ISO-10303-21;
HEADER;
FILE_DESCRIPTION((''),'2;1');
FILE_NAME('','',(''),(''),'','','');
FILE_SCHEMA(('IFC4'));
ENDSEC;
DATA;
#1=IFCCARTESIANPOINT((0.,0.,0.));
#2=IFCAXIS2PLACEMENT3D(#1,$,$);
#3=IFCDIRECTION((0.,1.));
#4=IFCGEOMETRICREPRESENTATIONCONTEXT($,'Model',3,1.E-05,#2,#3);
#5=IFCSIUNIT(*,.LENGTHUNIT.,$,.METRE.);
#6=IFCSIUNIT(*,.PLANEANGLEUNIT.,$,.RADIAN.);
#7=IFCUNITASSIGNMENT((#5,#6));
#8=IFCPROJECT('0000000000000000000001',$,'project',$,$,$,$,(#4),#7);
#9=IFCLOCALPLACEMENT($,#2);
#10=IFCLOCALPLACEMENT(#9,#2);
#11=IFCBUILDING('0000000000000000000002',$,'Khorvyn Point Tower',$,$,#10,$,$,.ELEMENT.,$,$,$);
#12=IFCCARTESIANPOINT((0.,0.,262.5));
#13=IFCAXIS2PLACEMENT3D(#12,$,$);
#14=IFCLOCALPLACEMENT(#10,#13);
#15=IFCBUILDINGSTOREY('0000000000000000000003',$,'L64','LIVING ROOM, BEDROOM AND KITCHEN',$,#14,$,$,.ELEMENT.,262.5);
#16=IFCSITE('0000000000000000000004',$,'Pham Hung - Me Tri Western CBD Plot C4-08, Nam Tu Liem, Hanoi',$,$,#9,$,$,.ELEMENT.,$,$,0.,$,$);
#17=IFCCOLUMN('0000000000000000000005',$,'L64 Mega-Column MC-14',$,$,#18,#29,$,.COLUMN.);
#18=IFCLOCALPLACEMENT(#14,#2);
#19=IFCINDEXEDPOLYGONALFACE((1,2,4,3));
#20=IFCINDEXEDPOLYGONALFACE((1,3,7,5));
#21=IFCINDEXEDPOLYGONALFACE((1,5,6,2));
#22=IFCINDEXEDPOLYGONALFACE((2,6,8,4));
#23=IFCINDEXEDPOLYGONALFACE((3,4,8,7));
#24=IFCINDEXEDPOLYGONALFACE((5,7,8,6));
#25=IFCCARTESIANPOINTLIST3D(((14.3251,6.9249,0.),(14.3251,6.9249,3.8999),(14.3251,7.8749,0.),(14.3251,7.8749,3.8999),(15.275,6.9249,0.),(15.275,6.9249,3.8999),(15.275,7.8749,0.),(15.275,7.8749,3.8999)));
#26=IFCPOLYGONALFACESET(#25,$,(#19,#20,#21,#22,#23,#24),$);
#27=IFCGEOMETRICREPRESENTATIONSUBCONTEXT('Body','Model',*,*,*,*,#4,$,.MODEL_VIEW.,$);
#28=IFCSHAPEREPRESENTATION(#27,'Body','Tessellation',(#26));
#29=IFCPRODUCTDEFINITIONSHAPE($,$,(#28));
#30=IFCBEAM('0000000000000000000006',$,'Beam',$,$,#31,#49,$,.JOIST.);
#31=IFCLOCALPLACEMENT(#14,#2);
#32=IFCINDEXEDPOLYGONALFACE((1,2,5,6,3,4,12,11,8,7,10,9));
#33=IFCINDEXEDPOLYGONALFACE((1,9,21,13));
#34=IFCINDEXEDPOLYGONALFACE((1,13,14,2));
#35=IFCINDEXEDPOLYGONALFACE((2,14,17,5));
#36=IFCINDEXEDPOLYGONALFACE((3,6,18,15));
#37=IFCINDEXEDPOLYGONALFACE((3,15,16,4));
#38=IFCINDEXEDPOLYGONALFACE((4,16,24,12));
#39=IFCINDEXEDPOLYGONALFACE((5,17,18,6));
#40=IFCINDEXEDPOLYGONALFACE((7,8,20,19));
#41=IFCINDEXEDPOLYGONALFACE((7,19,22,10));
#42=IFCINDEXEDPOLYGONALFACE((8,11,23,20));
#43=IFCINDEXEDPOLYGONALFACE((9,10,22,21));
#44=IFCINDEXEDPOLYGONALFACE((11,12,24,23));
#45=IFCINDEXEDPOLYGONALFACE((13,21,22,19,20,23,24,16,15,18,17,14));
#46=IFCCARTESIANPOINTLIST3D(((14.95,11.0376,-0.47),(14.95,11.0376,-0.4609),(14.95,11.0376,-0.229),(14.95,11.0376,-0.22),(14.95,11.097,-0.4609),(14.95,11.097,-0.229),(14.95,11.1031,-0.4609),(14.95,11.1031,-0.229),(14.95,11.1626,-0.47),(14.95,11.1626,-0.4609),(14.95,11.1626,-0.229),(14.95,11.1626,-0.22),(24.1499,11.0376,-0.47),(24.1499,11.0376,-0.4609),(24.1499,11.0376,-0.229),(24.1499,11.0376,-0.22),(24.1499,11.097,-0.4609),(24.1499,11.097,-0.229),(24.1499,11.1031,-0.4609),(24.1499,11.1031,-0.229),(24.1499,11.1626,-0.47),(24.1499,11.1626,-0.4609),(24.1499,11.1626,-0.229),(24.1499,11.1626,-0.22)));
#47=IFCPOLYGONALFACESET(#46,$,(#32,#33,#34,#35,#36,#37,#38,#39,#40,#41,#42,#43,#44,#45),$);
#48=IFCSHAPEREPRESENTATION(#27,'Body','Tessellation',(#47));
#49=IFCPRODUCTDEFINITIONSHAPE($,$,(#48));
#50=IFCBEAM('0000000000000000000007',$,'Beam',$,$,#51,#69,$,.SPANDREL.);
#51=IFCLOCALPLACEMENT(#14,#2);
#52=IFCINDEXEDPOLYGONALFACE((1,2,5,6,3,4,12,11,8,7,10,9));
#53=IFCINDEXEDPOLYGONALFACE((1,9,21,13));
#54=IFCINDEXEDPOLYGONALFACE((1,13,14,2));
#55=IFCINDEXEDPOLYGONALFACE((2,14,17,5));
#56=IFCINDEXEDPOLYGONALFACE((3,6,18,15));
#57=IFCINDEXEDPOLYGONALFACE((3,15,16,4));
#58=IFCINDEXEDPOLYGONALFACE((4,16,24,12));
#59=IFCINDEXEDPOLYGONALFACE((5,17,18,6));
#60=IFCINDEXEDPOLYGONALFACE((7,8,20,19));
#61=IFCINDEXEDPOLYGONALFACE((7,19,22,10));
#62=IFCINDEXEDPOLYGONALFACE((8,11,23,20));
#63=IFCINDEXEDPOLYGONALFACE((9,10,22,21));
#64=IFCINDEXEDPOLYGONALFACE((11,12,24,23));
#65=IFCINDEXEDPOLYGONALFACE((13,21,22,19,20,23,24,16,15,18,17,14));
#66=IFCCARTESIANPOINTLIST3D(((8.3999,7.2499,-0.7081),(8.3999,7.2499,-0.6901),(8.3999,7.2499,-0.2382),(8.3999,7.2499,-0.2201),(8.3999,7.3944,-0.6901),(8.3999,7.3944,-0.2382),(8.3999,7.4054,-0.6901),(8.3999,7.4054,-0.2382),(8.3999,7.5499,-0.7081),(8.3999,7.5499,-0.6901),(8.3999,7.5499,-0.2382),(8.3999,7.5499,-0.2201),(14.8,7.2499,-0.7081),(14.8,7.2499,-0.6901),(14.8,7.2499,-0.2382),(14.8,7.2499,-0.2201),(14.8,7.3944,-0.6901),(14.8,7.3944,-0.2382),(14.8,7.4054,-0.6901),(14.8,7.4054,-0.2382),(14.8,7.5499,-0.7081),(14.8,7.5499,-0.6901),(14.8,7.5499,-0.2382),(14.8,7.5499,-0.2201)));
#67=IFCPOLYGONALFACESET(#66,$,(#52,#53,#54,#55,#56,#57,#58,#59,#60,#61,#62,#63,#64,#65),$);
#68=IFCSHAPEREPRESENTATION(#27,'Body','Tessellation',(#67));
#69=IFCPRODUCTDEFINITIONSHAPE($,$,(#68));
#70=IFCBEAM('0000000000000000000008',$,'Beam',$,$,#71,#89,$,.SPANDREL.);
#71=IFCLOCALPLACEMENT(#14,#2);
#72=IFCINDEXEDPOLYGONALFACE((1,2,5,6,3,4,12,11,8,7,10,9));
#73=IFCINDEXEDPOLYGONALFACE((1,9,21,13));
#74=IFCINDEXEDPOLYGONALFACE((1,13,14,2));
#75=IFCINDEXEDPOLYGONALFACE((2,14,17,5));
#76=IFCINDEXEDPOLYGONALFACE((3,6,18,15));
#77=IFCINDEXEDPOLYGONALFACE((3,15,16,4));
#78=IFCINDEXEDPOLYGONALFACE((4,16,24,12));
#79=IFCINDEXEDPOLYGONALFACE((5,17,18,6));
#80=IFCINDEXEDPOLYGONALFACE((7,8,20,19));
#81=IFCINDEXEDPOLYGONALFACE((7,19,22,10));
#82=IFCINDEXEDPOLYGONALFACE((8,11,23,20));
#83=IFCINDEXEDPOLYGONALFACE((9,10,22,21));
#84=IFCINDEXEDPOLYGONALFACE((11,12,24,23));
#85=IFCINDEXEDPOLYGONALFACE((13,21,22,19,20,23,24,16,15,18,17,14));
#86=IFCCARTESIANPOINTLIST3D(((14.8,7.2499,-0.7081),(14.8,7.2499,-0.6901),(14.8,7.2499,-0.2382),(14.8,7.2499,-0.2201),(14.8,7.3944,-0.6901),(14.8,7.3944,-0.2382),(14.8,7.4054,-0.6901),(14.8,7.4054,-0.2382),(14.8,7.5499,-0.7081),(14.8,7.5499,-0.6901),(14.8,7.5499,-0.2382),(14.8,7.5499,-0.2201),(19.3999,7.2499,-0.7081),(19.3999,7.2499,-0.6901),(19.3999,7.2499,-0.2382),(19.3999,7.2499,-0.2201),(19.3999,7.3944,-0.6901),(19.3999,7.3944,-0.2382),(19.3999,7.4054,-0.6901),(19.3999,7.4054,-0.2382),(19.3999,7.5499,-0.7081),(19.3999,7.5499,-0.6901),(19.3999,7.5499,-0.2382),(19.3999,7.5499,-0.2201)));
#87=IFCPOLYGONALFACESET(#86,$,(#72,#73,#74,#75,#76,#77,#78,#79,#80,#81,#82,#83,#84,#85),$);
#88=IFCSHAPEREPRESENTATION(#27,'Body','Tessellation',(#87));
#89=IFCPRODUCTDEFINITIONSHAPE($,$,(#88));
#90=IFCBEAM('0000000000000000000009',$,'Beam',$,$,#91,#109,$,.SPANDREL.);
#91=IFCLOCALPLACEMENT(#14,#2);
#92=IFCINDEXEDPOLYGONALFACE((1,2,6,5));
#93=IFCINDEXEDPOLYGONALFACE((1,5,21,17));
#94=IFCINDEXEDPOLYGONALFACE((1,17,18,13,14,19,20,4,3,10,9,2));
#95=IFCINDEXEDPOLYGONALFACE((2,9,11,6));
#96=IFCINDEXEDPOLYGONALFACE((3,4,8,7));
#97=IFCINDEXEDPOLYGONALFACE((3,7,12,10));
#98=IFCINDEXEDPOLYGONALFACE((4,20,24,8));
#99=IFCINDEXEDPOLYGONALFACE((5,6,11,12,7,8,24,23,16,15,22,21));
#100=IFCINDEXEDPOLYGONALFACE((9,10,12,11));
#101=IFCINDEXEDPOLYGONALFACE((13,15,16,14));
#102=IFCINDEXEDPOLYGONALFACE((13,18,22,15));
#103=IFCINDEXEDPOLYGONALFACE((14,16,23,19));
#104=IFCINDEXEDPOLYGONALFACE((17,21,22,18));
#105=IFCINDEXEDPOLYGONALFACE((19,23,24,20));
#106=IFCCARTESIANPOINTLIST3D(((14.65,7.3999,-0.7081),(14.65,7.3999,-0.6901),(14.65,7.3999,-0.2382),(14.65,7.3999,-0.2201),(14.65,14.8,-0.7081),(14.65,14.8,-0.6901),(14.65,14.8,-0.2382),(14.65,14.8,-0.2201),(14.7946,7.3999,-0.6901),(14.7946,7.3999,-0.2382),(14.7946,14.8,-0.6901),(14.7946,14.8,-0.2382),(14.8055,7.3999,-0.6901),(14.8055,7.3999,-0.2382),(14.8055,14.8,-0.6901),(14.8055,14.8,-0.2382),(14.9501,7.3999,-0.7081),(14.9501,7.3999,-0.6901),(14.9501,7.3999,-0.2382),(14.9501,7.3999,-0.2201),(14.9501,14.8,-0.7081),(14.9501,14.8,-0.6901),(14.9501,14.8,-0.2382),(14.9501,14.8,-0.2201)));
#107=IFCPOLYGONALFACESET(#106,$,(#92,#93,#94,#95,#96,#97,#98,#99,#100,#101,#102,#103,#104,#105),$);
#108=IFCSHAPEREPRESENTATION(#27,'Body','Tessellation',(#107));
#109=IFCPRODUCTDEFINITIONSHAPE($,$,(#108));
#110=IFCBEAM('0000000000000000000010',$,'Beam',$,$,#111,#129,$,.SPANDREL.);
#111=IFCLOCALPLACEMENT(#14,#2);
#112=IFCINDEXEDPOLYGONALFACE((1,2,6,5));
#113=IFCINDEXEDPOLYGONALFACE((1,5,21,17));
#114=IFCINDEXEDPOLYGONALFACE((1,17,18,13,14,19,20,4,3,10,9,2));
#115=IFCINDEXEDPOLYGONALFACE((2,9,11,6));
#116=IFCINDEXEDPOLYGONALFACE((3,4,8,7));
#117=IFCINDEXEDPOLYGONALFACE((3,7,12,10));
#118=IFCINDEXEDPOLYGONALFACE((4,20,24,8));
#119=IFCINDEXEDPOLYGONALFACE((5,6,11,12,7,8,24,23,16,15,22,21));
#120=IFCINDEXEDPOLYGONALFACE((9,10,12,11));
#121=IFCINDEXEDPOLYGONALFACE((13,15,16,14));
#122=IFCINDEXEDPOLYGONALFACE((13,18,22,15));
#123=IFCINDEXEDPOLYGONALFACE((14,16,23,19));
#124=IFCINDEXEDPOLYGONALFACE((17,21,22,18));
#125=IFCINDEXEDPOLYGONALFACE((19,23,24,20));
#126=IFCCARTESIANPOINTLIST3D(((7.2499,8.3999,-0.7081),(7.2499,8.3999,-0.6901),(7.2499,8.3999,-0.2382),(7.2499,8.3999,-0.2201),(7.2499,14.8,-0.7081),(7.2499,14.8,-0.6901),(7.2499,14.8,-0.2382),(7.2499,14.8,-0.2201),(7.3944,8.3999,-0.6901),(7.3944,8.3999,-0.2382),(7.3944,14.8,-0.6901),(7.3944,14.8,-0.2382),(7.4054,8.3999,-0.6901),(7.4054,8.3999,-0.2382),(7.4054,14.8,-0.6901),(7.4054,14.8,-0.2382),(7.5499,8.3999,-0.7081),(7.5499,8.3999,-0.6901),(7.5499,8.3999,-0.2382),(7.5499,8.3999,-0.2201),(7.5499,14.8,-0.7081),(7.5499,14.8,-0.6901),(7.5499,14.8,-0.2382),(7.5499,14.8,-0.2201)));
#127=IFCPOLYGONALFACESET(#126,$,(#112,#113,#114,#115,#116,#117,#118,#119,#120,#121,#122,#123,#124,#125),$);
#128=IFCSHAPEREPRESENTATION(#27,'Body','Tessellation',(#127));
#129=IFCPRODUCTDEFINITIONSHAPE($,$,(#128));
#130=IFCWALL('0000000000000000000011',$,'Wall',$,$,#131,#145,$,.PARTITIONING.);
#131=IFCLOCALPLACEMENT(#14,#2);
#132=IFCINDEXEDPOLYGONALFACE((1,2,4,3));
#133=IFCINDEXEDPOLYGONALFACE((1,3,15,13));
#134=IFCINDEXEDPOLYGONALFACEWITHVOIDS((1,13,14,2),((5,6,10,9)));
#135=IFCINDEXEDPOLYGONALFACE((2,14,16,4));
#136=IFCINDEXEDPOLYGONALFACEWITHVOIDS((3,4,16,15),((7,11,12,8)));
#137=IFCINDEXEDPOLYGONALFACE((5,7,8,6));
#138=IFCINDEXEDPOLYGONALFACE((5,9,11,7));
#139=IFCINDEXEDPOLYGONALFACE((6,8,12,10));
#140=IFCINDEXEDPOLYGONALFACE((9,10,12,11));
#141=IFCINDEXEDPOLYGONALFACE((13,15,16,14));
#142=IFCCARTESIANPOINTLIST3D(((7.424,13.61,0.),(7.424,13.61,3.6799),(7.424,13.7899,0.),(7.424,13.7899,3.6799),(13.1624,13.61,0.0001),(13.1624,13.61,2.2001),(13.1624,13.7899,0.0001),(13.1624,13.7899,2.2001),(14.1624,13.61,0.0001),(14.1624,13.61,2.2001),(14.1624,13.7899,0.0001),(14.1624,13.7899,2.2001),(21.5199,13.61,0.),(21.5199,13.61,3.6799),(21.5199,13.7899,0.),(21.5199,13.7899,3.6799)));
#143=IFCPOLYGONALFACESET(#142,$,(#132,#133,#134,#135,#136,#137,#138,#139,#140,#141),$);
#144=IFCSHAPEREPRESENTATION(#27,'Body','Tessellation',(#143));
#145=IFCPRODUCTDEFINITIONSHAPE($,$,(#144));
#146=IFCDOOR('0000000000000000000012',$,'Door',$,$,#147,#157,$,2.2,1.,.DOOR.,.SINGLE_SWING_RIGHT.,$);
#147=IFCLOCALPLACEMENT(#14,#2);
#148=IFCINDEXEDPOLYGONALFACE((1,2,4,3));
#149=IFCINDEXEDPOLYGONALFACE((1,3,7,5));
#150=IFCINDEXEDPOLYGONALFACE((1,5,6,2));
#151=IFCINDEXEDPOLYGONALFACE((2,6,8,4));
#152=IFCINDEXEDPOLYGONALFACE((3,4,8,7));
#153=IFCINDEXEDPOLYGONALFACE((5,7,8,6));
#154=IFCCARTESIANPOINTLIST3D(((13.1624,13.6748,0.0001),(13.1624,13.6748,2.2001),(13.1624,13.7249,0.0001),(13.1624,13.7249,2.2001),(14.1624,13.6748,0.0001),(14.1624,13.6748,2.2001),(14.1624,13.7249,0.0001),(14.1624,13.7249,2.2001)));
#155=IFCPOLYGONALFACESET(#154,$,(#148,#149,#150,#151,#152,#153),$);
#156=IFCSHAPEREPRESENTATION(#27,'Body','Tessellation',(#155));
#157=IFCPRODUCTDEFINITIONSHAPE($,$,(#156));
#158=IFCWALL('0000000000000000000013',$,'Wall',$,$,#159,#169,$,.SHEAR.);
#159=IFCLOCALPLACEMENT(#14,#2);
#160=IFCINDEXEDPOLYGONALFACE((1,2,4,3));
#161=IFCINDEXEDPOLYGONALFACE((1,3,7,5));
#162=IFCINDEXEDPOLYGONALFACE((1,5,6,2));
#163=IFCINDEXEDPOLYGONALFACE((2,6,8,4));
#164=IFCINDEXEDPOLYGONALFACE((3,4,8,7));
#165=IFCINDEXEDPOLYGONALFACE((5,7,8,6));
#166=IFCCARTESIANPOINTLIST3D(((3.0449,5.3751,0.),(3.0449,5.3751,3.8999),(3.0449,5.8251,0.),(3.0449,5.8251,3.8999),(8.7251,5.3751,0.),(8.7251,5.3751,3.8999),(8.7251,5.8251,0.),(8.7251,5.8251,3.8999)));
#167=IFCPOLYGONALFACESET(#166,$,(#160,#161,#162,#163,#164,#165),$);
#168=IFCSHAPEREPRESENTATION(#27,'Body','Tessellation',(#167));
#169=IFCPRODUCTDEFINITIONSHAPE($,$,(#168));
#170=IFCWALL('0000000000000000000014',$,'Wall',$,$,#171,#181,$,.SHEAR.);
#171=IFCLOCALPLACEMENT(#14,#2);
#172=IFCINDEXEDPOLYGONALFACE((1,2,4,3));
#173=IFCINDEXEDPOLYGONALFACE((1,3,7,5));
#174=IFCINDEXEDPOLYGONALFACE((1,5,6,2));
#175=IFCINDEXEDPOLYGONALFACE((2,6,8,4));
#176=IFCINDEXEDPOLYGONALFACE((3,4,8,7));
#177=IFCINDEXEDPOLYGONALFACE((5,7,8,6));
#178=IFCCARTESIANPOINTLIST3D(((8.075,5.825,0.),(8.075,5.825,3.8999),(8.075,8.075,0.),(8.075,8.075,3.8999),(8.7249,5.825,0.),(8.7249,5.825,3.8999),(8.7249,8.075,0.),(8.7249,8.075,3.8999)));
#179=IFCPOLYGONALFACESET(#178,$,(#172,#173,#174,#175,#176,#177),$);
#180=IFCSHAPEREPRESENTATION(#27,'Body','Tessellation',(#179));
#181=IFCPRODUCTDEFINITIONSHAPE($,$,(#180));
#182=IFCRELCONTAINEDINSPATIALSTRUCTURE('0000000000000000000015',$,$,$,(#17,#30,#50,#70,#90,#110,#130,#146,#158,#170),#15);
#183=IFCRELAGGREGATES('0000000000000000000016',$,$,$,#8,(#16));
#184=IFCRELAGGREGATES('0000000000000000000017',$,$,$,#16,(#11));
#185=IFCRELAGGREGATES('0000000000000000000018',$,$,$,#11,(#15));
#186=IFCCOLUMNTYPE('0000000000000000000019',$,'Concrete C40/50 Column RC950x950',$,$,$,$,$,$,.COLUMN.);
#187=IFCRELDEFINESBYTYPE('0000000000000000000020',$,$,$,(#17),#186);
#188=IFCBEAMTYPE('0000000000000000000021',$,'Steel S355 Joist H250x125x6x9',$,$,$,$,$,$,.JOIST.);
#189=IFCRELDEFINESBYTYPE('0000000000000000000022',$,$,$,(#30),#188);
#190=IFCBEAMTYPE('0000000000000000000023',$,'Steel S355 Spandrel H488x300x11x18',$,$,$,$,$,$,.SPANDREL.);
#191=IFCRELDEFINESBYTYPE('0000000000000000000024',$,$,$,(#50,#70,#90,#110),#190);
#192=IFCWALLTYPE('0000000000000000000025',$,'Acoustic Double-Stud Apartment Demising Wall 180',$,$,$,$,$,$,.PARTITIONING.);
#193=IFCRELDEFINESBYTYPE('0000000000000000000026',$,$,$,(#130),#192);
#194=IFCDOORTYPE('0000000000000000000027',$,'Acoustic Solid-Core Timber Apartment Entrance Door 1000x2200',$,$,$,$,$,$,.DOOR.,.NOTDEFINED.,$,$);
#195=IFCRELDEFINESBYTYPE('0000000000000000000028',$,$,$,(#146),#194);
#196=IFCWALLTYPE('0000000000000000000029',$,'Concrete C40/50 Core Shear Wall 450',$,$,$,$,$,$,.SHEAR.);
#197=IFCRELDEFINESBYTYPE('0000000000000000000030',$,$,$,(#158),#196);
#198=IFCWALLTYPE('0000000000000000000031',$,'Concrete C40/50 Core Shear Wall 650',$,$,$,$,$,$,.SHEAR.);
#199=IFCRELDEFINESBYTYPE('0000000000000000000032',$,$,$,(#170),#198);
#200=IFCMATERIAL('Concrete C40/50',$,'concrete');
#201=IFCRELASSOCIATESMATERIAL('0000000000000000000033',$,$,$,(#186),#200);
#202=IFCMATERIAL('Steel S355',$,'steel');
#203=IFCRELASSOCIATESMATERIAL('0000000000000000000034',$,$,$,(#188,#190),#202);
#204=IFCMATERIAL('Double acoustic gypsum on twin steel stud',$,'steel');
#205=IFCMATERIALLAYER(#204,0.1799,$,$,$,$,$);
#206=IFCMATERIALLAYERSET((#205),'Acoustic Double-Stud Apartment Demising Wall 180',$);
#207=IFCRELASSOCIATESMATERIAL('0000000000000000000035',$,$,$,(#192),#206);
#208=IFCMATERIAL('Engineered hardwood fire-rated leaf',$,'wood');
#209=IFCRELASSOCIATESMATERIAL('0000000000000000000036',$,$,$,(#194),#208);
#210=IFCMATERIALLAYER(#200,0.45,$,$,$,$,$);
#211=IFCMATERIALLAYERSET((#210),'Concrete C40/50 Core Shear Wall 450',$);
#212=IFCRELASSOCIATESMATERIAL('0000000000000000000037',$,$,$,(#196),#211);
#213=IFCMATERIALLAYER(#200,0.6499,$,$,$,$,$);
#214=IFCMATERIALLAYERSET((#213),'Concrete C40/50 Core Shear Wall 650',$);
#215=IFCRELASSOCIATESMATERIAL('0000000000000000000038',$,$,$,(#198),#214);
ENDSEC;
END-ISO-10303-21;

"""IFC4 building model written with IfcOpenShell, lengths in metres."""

from ifc_helpers import new_model, si_unit, direction, frame, frame_2d, origin, origin_2d, place, context, subcontext, project, spatial, rectangle, i_section, extrude, material, layer, layer_set, material_profile, profile_set, type_object, element, fill, save


model = new_model("IFC4")

# Units and contexts
model_context = context("Model", 3, precision=1e-05, world=origin(), true_north=direction((0.0, 1.0)))
body_context = subcontext(model_context, "Body", "Model", "MODEL_VIEW")
ifc_project = project(units=[si_unit("LENGTHUNIT", "METRE"), si_unit("PLANEANGLEUNIT", "RADIAN")], contexts=[model_context])

# Site, building, storey
site_placement = place(None, origin())
site = spatial("IfcSite", under=ifc_project, at=site_placement, Name="Pham Hung - Me Tri Western CBD Plot C4-08, Nam Tu Liem, Hanoi", CompositionType="ELEMENT", RefElevation=0.0)
building_placement = place(site_placement, origin())
building = spatial("IfcBuilding", under=site, at=building_placement, Name="Khorvyn Point Tower", CompositionType="ELEMENT")
storey_placement = place(building_placement, frame((0.0, 0.0, 262.5)))
storey = spatial("IfcBuildingStorey", under=building, at=storey_placement, Name="L64", Description="LIVING ROOM, BEDROOM AND KITCHEN", CompositionType="ELEMENT", Elevation=262.5)

# Column
ifc_material_1 = material(Name="Concrete C40/50", Category="concrete")
ifc_material_profile_1 = material_profile(ifc_material_1, rectangle(XDim=0.95, YDim=0.95, at=origin_2d()))
ifc_profile_set_1 = profile_set([ifc_material_profile_1], Name="Concrete C40/50 RC950x950")
column_type = type_object("IfcColumnType", Name="Concrete C40/50 Column RC950x950", PredefinedType="COLUMN", material=ifc_profile_set_1)
column_placement = place(storey_placement, frame((14.8, 7.3999, 0.0), z_axis=(0.0, 0.0, 1.0), x_axis=(1.0, 0.0, 0.0)))
element("IfcColumn", 1, at=column_placement, inside=storey, type_object=column_type, Name="L64 Mega-Column MC-14", PredefinedType="COLUMN", context=body_context, shape_type="SweptSolid", body=[
    extrude(rectangle(XDim=0.95, YDim=0.95, at=origin_2d()), origin(), (0.0, 0.0, 1.0), 3.8999),
])

# Beams
ifc_material_2 = material(Name="Steel S355", Category="steel")
ifc_material_profile_2 = material_profile(ifc_material_2, i_section(OverallWidth=0.125, OverallDepth=0.25, WebThickness=0.0061, FlangeThickness=0.009, at=origin_2d()))
ifc_profile_set_2 = profile_set([ifc_material_profile_2], Name="Steel S355 H250x125x6x9")
beam_type_1 = type_object("IfcBeamType", Name="Steel S355 Joist H250x125x6x9", PredefinedType="JOIST", material=ifc_profile_set_2)
beam_1_placement = place(storey_placement, frame((14.95, 11.1001, -0.345), z_axis=(1.0, 0.0, 0.0), x_axis=(0.0, 1.0, 0.0)))
element("IfcBeam", 2, at=beam_1_placement, inside=storey, type_object=beam_type_1, Name="Beam", PredefinedType="JOIST", context=body_context, shape_type="SweptSolid", body=[
    extrude(i_section(OverallWidth=0.125, OverallDepth=0.25, WebThickness=0.0061, FlangeThickness=0.009, at=origin_2d()), origin(), (0.0, 0.0, 1.0), 9.2),
])
ifc_material_profile_3 = material_profile(ifc_material_2, i_section(OverallWidth=0.3, OverallDepth=0.488, WebThickness=0.011, FlangeThickness=0.0181, at=origin_2d()))
ifc_profile_set_3 = profile_set([ifc_material_profile_3], Name="Steel S355 H488x300x11x18")
beam_type_2 = type_object("IfcBeamType", Name="Steel S355 Spandrel H488x300x11x18", PredefinedType="SPANDREL", material=ifc_profile_set_3)
beam_2_placement = place(storey_placement, frame((8.3999, 7.3999, -0.4641), z_axis=(1.0, 0.0, 0.0), x_axis=(0.0, 1.0, 0.0)))
element("IfcBeam", 3, at=beam_2_placement, inside=storey, type_object=beam_type_2, Name="Beam", PredefinedType="SPANDREL", context=body_context, shape_type="SweptSolid", body=[
    extrude(i_section(OverallWidth=0.3, OverallDepth=0.488, WebThickness=0.011, FlangeThickness=0.0181, at=origin_2d()), origin(), (0.0, 0.0, 1.0), 6.4001),
])
beam_3_placement = place(storey_placement, frame((14.8, 7.3999, -0.4641), z_axis=(1.0, 0.0, 0.0), x_axis=(0.0, 1.0, 0.0)))
element("IfcBeam", 4, at=beam_3_placement, inside=storey, type_object=beam_type_2, Name="Beam", PredefinedType="SPANDREL", context=body_context, shape_type="SweptSolid", body=[
    extrude(i_section(OverallWidth=0.3, OverallDepth=0.488, WebThickness=0.011, FlangeThickness=0.0181, at=origin_2d()), origin(), (0.0, 0.0, 1.0), 4.5999),
])
beam_4_placement = place(storey_placement, frame((14.8, 7.3999, -0.4641), z_axis=(0.0, 1.0, 0.0), x_axis=(-1.0, 0.0, 0.0)))
element("IfcBeam", 5, at=beam_4_placement, inside=storey, type_object=beam_type_2, Name="Beam", PredefinedType="SPANDREL", context=body_context, shape_type="SweptSolid", body=[
    extrude(i_section(OverallWidth=0.3, OverallDepth=0.488, WebThickness=0.011, FlangeThickness=0.0181, at=origin_2d()), origin(), (0.0, 0.0, 1.0), 7.4001),
])
beam_5_placement = place(storey_placement, frame((7.3999, 8.3999, -0.4641), z_axis=(0.0, 1.0, 0.0), x_axis=(-1.0, 0.0, 0.0)))
element("IfcBeam", 6, at=beam_5_placement, inside=storey, type_object=beam_type_2, Name="Beam", PredefinedType="SPANDREL", context=body_context, shape_type="SweptSolid", body=[
    extrude(i_section(OverallWidth=0.3, OverallDepth=0.488, WebThickness=0.011, FlangeThickness=0.0181, at=origin_2d()), origin(), (0.0, 0.0, 1.0), 6.4001),
])

# Wall, opening, door
ifc_material_3 = material(Name="Double acoustic gypsum on twin steel stud", Category="steel")
ifc_layer_1 = layer(ifc_material_3, 0.1799)
ifc_layer_set_1 = layer_set([ifc_layer_1], Name="Acoustic Double-Stud Apartment Demising Wall 180")
wall_type_1 = type_object("IfcWallType", Name="Acoustic Double-Stud Apartment Demising Wall 180", PredefinedType="PARTITIONING", material=ifc_layer_set_1)
wall_1_placement = place(storey_placement, frame((7.4241, 13.7, 0.0), z_axis=(0.0, 0.0, 1.0), x_axis=(1.0, 0.0, 0.0)))
wall_1 = element("IfcWall", 7, at=wall_1_placement, inside=storey, type_object=wall_type_1, Name="Wall", PredefinedType="PARTITIONING", context=body_context, shape_type="SweptSolid", body=[
    extrude(rectangle(XDim=14.0959, YDim=0.1799, at=frame_2d((7.0479, 0.0))), origin(), (0.0, 0.0, 1.0), 3.6799),
])
opening_1_placement = place(wall_1_placement, frame((5.7383, 0.0, 0.0)))
opening_1 = element("IfcOpeningElement", 8, at=opening_1_placement, cuts=wall_1, PredefinedType="OPENING", context=body_context, shape_type="SweptSolid", body=[
    extrude(rectangle(XDim=1.0, YDim=2.2, at=frame_2d((0.5, 1.1001))), frame((0.0, 0.0999, 0.0), z_axis=(0.0, -1.0, 0.0), x_axis=(1.0, 0.0, 0.0)), (0.0, 0.0, 1.0), 0.2),
])
ifc_material_4 = material(Name="Engineered hardwood fire-rated leaf", Category="wood")
door_type_1 = type_object("IfcDoorType", Name="Acoustic Solid-Core Timber Apartment Entrance Door 1000x2200", OperationType="NOTDEFINED", PredefinedType="DOOR", material=ifc_material_4)
door_1_placement = place(opening_1_placement, origin())
door_1 = element("IfcDoor", 9, at=door_1_placement, inside=storey, type_object=door_type_1, Name="Door", OperationType="SINGLE_SWING_RIGHT", OverallHeight=2.2, OverallWidth=1.0, PredefinedType="DOOR", context=body_context, shape_type="SweptSolid", body=[
    extrude(rectangle(XDim=1.0, YDim=2.2, at=frame_2d((0.5, 1.1001))), frame((0.0, 0.0249, 0.0), z_axis=(0.0, -1.0, 0.0), x_axis=(1.0, 0.0, 0.0)), (0.0, 0.0, 1.0), 0.05),
])
fill(opening_1, door_1)

# Walls
ifc_layer_2 = layer(ifc_material_1, 0.45)
ifc_layer_set_2 = layer_set([ifc_layer_2], Name="Concrete C40/50 Core Shear Wall 450")
wall_type_2 = type_object("IfcWallType", Name="Concrete C40/50 Core Shear Wall 450", PredefinedType="SHEAR", material=ifc_layer_set_2)
wall_2_placement = place(storey_placement, frame((3.0449, 5.6001, 0.0), z_axis=(0.0, 0.0, 1.0), x_axis=(1.0, 0.0, 0.0)))
element("IfcWall", 10, at=wall_2_placement, inside=storey, type_object=wall_type_2, Name="Wall", PredefinedType="SHEAR", context=body_context, shape_type="SweptSolid", body=[
    extrude(rectangle(XDim=5.6802, YDim=0.45, at=frame_2d((2.8401, 0.0))), origin(), (0.0, 0.0, 1.0), 3.8999),
])
ifc_layer_3 = layer(ifc_material_1, 0.6499)
ifc_layer_set_3 = layer_set([ifc_layer_3], Name="Concrete C40/50 Core Shear Wall 650")
wall_type_3 = type_object("IfcWallType", Name="Concrete C40/50 Core Shear Wall 650", PredefinedType="SHEAR", material=ifc_layer_set_3)
wall_3_placement = place(storey_placement, frame((8.3999, 5.825, 0.0), z_axis=(0.0, 0.0, 1.0), x_axis=(0.0, 1.0, 0.0)))
element("IfcWall", 11, at=wall_3_placement, inside=storey, type_object=wall_type_3, Name="Wall", PredefinedType="SHEAR", context=body_context, shape_type="SweptSolid", body=[
    extrude(rectangle(XDim=2.25, YDim=0.6499, at=frame_2d((1.125, 0.0))), origin(), (0.0, 0.0, 1.0), 3.8999),
])

save(model, "model.ifc")
